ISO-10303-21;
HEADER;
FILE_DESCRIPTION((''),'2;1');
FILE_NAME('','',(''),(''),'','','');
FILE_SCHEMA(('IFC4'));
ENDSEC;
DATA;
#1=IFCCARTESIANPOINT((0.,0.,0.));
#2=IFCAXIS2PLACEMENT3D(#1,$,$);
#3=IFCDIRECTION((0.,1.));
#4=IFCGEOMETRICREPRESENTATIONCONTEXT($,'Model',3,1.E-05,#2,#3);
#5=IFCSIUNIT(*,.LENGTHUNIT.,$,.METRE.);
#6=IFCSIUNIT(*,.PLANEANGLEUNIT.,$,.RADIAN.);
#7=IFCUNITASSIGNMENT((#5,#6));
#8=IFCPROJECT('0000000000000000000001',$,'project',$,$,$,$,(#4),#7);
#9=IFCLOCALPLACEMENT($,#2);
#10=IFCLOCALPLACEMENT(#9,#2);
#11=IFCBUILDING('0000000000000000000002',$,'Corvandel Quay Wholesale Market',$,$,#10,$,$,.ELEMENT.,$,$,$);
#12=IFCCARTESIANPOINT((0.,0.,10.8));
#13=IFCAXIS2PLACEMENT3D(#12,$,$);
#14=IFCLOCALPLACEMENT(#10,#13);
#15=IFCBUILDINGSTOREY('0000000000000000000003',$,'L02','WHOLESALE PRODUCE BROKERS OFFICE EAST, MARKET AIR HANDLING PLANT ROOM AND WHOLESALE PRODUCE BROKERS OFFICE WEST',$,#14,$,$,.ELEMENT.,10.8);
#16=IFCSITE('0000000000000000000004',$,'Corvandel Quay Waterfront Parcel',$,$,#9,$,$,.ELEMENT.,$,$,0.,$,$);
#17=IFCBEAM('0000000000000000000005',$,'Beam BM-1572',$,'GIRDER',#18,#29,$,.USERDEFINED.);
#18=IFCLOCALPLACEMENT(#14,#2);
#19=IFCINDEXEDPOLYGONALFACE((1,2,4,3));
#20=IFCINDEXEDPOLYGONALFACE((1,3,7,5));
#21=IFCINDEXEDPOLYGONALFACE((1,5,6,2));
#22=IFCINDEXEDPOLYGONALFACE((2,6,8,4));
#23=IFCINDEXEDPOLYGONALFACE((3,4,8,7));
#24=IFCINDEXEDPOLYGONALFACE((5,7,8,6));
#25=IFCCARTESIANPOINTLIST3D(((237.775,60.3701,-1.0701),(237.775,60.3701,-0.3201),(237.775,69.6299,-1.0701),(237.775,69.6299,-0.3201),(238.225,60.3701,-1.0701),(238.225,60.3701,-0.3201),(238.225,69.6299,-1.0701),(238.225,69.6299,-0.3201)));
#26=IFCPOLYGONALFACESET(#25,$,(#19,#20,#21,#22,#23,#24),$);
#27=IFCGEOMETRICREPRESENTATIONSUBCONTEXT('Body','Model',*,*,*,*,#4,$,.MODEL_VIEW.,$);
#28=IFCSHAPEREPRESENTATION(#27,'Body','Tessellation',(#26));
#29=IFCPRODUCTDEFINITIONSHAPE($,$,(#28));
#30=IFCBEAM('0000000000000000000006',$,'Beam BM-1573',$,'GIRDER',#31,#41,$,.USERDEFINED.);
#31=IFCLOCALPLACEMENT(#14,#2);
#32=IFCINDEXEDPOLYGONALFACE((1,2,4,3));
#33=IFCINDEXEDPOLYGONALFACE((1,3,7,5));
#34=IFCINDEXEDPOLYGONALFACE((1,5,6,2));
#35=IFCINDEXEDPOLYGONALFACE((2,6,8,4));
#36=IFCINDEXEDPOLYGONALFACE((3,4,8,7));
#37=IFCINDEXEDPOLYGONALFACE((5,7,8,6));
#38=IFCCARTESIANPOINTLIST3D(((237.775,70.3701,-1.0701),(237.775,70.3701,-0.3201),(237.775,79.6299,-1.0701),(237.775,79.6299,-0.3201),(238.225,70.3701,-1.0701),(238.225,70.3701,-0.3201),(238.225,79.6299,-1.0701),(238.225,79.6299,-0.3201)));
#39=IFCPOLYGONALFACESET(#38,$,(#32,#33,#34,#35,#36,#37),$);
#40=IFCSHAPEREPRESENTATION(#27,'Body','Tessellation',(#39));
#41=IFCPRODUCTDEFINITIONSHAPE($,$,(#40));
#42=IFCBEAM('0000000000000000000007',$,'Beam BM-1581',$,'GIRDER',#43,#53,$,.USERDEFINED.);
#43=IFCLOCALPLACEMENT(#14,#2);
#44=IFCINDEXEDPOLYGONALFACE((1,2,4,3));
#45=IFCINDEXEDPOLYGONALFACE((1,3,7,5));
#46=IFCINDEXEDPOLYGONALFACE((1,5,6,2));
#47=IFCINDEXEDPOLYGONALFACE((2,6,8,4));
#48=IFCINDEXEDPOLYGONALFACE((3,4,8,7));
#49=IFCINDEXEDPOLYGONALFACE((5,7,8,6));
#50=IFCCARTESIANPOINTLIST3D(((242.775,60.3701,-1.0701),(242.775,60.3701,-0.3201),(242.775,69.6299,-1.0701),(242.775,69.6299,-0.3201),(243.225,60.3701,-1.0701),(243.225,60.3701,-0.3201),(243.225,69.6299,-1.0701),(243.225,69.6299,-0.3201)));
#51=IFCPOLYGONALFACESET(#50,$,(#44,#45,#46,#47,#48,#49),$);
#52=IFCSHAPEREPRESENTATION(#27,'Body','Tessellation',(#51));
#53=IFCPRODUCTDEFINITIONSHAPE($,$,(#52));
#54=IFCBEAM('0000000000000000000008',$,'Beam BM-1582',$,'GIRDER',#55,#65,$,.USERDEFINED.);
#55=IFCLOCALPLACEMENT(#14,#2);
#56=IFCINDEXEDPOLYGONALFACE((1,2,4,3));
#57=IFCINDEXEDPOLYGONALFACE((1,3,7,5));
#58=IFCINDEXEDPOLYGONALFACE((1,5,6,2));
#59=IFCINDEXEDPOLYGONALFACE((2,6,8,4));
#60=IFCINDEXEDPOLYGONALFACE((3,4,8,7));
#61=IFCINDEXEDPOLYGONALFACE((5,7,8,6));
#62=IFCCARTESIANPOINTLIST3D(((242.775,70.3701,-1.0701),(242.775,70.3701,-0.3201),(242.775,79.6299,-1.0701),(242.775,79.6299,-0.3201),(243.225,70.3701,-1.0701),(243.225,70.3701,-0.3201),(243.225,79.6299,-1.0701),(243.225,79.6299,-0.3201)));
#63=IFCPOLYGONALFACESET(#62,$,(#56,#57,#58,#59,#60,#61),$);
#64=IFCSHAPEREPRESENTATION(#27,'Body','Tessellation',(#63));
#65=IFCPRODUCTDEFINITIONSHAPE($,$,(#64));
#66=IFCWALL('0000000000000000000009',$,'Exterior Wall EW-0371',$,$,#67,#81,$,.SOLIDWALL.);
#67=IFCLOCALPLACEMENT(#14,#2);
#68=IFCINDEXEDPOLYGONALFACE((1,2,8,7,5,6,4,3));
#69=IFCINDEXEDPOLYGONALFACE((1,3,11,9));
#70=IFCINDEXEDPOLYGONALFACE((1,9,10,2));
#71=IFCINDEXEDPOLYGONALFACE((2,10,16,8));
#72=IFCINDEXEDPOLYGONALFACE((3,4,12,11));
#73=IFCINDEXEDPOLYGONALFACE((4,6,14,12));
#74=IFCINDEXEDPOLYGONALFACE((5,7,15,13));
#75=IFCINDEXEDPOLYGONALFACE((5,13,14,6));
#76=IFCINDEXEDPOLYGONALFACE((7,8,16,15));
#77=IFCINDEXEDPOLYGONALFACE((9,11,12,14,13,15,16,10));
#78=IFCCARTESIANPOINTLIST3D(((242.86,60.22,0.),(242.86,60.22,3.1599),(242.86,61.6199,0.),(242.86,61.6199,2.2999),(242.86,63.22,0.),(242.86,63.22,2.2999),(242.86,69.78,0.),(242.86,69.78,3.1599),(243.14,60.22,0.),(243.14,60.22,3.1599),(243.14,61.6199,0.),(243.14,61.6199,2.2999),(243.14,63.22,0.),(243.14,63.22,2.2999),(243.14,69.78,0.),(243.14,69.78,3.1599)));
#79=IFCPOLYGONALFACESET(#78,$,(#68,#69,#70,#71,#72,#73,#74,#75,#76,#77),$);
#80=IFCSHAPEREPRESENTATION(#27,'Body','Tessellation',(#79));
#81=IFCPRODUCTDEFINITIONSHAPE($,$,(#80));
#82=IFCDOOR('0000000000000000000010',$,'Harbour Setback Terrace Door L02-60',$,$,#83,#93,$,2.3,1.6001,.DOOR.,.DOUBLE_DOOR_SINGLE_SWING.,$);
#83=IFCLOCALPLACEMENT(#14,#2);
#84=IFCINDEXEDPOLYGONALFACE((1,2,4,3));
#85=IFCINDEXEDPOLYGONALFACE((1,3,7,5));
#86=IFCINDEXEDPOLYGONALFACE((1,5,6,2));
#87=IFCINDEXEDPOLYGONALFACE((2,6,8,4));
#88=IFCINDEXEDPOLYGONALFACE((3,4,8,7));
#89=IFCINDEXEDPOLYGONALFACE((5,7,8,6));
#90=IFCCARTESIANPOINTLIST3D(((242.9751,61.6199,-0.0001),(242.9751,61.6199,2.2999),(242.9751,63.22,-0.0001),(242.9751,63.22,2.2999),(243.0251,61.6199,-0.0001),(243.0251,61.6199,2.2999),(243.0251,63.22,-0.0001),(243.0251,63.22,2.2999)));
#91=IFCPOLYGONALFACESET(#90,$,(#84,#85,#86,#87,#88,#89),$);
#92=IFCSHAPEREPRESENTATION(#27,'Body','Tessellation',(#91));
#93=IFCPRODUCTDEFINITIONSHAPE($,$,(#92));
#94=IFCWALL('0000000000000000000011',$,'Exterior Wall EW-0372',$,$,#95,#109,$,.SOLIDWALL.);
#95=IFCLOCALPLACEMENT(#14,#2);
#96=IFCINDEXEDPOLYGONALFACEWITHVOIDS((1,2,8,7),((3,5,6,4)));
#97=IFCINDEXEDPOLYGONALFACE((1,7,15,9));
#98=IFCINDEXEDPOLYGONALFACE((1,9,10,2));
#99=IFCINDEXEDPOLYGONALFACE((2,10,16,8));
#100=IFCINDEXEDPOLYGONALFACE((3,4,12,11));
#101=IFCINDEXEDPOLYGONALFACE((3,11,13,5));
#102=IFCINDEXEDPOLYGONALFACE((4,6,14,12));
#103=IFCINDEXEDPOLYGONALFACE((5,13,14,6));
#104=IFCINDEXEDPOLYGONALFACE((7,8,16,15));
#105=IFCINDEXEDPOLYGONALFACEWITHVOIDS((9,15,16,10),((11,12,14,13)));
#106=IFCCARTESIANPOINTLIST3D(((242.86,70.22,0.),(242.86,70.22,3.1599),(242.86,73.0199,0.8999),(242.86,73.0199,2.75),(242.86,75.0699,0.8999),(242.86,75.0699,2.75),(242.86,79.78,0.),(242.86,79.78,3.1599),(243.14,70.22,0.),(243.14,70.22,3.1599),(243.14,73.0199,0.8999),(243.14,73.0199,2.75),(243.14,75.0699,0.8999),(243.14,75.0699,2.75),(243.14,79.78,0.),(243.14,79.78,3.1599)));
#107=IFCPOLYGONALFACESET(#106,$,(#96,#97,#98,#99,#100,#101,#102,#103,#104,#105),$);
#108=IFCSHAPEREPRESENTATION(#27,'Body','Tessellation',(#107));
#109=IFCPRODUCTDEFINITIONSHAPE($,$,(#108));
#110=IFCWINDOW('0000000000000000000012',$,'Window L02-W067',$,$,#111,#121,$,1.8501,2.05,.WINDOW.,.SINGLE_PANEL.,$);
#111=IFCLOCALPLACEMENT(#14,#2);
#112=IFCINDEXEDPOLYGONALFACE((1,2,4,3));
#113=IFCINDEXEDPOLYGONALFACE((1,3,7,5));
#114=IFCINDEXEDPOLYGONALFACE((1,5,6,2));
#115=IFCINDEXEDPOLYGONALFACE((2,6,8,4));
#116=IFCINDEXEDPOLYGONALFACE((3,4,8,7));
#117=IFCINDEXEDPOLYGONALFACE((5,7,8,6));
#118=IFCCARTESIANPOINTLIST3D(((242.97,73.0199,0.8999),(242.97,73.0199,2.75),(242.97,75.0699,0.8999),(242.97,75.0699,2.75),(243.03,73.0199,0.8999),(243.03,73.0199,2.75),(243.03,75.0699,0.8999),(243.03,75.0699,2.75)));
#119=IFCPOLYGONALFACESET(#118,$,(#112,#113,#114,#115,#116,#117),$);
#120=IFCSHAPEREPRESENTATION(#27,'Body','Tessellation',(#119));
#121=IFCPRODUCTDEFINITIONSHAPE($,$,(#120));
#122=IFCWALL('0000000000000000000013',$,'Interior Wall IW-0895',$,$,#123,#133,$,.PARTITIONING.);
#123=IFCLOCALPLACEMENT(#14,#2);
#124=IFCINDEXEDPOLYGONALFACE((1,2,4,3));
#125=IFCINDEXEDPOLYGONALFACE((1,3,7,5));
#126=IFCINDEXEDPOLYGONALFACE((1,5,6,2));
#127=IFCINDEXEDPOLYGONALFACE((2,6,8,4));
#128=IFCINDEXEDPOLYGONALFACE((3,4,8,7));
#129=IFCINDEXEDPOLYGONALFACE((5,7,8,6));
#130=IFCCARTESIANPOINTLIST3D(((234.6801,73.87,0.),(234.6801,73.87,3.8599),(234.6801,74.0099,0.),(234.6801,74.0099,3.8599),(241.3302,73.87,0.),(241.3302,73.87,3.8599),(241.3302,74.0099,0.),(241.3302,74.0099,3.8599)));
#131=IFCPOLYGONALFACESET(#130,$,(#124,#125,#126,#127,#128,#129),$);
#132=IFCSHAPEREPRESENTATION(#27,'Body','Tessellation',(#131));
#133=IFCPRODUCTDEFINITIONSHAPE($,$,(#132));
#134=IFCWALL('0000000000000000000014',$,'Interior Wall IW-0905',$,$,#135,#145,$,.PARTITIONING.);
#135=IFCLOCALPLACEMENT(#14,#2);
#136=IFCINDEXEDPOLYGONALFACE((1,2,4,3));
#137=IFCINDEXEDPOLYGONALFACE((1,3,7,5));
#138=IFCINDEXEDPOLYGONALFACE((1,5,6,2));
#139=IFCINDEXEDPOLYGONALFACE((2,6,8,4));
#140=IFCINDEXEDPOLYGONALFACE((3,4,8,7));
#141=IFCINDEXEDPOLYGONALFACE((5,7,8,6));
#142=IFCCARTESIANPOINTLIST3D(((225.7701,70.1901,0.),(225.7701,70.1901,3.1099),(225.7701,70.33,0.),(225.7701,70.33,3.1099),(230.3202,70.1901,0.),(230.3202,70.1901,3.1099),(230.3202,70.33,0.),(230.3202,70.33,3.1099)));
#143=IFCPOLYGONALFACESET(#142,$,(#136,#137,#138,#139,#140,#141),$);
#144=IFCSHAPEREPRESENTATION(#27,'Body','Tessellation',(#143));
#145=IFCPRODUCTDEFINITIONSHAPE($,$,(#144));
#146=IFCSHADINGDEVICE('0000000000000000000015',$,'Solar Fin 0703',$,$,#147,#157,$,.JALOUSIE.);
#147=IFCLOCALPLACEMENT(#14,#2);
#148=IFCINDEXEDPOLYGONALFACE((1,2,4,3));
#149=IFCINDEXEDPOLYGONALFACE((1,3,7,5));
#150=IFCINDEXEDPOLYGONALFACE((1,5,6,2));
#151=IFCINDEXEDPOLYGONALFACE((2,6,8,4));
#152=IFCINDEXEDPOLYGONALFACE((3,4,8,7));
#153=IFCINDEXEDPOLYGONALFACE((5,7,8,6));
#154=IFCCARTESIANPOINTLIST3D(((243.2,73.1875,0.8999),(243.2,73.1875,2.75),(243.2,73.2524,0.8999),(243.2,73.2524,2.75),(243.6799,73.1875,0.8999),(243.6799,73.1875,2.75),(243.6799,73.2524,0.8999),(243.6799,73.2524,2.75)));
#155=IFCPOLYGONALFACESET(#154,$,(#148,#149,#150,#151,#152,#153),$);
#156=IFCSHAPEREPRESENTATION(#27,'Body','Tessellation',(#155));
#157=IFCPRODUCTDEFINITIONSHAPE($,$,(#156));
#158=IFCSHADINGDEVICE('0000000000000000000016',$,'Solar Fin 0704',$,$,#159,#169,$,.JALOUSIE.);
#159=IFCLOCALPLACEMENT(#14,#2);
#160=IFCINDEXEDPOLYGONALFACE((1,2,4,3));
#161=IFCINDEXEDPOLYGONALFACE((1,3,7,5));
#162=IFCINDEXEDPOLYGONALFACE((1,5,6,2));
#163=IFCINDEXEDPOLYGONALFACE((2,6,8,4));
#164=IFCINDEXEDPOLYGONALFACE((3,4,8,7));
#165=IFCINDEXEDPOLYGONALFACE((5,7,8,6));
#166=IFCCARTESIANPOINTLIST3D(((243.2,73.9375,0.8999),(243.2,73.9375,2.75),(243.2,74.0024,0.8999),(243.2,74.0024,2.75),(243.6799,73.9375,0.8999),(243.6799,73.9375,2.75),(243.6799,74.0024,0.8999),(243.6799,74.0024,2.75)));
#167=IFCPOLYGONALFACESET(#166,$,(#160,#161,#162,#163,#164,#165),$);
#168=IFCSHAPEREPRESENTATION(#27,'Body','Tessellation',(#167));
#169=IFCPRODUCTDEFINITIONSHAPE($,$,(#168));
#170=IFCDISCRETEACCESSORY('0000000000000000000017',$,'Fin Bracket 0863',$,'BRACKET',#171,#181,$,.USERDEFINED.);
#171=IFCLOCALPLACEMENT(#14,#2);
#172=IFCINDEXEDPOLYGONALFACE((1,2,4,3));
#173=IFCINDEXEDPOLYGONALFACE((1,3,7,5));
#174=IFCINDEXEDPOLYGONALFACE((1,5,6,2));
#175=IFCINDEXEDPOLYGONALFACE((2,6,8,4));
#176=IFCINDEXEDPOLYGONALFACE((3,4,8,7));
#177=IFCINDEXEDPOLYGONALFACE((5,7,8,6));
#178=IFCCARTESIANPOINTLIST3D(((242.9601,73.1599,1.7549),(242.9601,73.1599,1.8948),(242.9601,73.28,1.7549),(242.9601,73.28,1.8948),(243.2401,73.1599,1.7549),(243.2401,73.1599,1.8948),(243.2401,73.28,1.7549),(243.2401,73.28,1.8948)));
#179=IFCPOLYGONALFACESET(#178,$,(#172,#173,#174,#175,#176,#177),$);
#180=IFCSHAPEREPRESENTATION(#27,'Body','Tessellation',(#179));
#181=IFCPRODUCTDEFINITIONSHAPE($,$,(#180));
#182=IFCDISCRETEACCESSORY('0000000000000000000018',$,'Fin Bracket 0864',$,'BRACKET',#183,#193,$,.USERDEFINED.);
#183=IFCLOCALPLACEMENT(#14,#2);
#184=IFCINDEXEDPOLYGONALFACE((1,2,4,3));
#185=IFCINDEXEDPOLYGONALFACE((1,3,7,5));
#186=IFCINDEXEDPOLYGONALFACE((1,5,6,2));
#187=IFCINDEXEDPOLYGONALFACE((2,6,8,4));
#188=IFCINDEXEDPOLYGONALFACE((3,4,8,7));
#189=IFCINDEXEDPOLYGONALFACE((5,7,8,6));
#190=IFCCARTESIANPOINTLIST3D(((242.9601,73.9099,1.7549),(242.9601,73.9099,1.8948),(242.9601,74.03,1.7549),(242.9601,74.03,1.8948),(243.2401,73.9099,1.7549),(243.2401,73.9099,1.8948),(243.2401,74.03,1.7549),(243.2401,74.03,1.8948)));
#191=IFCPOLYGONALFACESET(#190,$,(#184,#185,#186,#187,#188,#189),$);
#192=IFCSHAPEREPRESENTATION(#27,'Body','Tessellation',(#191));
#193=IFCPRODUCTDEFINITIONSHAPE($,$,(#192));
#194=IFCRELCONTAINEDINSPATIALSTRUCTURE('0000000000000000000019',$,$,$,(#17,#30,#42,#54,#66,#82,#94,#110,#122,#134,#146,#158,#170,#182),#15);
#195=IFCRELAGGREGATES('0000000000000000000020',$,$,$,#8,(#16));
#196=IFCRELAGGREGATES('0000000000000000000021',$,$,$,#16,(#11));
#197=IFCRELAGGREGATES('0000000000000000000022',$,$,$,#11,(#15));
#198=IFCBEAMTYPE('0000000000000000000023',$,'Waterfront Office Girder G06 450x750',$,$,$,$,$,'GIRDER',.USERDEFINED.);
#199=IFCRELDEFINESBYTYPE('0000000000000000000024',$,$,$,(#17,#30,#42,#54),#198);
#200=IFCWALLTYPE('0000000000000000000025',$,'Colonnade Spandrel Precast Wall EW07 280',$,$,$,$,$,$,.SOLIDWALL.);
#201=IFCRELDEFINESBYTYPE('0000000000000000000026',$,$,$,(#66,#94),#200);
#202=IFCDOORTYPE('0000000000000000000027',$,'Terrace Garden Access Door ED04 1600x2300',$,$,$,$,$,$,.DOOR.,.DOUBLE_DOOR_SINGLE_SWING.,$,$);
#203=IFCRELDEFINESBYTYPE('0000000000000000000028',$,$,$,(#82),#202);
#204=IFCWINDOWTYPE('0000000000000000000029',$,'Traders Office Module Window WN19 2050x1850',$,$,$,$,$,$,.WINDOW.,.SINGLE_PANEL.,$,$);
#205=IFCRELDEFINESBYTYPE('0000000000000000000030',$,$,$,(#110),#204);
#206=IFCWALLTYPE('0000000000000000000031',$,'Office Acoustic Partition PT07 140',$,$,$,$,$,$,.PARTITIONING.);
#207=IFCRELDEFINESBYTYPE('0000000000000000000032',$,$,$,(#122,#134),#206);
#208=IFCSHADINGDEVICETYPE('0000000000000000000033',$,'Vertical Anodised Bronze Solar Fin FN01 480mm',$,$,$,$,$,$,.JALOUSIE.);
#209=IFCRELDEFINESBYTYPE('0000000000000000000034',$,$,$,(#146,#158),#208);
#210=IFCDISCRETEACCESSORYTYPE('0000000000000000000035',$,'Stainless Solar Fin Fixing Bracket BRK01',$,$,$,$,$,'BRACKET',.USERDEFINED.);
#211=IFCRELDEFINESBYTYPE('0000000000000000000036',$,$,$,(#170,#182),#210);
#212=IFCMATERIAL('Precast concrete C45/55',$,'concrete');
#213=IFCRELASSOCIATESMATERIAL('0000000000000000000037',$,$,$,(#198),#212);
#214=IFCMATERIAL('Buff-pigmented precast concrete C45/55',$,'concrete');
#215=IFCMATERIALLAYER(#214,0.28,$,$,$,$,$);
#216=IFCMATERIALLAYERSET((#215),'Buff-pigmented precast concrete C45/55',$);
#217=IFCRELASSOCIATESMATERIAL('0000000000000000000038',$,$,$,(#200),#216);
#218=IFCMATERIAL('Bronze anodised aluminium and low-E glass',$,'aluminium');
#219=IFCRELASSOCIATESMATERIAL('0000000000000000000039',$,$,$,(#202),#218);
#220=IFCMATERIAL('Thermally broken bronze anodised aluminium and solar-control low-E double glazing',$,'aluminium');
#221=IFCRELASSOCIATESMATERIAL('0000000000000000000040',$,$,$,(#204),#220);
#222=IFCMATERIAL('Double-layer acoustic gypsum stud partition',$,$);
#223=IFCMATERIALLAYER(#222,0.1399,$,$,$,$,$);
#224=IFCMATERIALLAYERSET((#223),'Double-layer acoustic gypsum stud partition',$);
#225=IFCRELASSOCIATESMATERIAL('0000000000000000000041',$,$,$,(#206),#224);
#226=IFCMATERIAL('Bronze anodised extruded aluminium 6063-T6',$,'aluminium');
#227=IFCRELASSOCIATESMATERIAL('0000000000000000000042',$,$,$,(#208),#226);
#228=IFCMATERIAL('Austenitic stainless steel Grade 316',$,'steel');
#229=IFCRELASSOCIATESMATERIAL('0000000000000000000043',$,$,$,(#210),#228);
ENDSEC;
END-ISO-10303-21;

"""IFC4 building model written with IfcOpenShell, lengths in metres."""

from ifc_helpers import new_model, si_unit, direction, frame, frame_2d, origin, origin_2d, place, context, subcontext, project, spatial, rectangle, extrude, material, layer, layer_set, material_profile, profile_set, type_object, element, fill, save


model = new_model("IFC4")

# Units and contexts
model_context = context("Model", 3, precision=1e-05, world=origin(), true_north=direction((0.0, 1.0)))
body_context = subcontext(model_context, "Body", "Model", "MODEL_VIEW")
ifc_project = project(units=[si_unit("LENGTHUNIT", "METRE"), si_unit("PLANEANGLEUNIT", "RADIAN")], contexts=[model_context])

# Site, building, storey
site_placement = place(None, origin())
site = spatial("IfcSite", under=ifc_project, at=site_placement, Name="Corvandel Quay Waterfront Parcel", CompositionType="ELEMENT", RefElevation=0.0)
building_placement = place(site_placement, origin())
building = spatial("IfcBuilding", under=site, at=building_placement, Name="Corvandel Quay Wholesale Market", CompositionType="ELEMENT")
storey_placement = place(building_placement, frame((0.0, 0.0, 10.8)))
storey = spatial("IfcBuildingStorey", under=building, at=storey_placement, Name="L02", Description="WHOLESALE PRODUCE BROKERS OFFICE EAST, MARKET AIR HANDLING PLANT ROOM AND WHOLESALE PRODUCE BROKERS OFFICE WEST", CompositionType="ELEMENT", Elevation=10.8)

# Shared definitions
ifc_material_1 = material(Name="Precast concrete C45/55", Category="concrete")

# Beams
ifc_material_profile_1 = material_profile(ifc_material_1, rectangle(XDim=0.45, YDim=0.75, at=origin_2d()), Name="PC-GIR-450x750")
ifc_profile_set_1 = profile_set([ifc_material_profile_1], Name="Precast concrete C45/55")
beam_type_1 = type_object("IfcBeamType", Name="Waterfront Office Girder G06 450x750", ElementType="GIRDER", PredefinedType="USERDEFINED", material=ifc_profile_set_1)
for number, where, z_axis, x_axis, name in (
    (1, (238.0, 60.3701, -0.6951), (0.0, 1.0, 0.0), (-1.0, 0.0, 0.0), "Beam BM-1572"),
    (2, (238.0, 70.3701, -0.6951), (0.0, 1.0, 0.0), (-1.0, 0.0, 0.0), "Beam BM-1573"),
    (3, (243.0, 60.3701, -0.6951), (0.0, 1.0, 0.0), (-1.0, 0.0, 0.0), "Beam BM-1581"),
    (4, (243.0, 70.3701, -0.6951), (0.0, 1.0, 0.0), (-1.0, 0.0, 0.0), "Beam BM-1582"),
):
    element("IfcBeam", number, at=place(storey_placement, frame(where, z_axis=z_axis, x_axis=x_axis)), inside=storey, type_object=beam_type_1, Name=name, ObjectType="GIRDER", PredefinedType="USERDEFINED", context=body_context, shape_type="SweptSolid", body=[
        extrude(rectangle(XDim=0.45, YDim=0.75, at=origin_2d()), origin(), (0.0, 0.0, 1.0), 9.2598),
    ])

# Wall, opening, door
ifc_material_2 = material(Name="Buff-pigmented precast concrete C45/55", Category="concrete")
ifc_layer_1 = layer(ifc_material_2, 0.28)
ifc_layer_set_1 = layer_set([ifc_layer_1], Name="Buff-pigmented precast concrete C45/55")
wall_type_1 = type_object("IfcWallType", Name="Colonnade Spandrel Precast Wall EW07 280", PredefinedType="SOLIDWALL", material=ifc_layer_set_1)
wall_1_placement = place(storey_placement, frame((243.0, 60.22, 0.0), z_axis=(0.0, 0.0, 1.0), x_axis=(0.0, 1.0, 0.0)))
wall_1 = element("IfcWall", 5, at=wall_1_placement, inside=storey, type_object=wall_type_1, Name="Exterior Wall EW-0371", PredefinedType="SOLIDWALL", context=body_context, shape_type="SweptSolid", body=[
    extrude(rectangle(XDim=9.5601, YDim=0.28, at=frame_2d((4.78, 0.0))), origin(), (0.0, 0.0, 1.0), 3.1599),
])
opening_1_placement = place(wall_1_placement, frame((1.3999, 0.0, 0.0)))
opening_1 = element("IfcOpeningElement", 6, at=opening_1_placement, cuts=wall_1, PredefinedType="OPENING", context=body_context, shape_type="SweptSolid", body=[
    extrude(rectangle(XDim=1.6001, YDim=2.3, at=frame_2d((0.8, 1.1499))), frame((0.0, 0.1499, 0.0), z_axis=(0.0, -1.0, 0.0), x_axis=(1.0, 0.0, 0.0)), (0.0, 0.0, 1.0), 0.3),
])
ifc_material_3 = material(Name="Bronze anodised aluminium and low-E glass", Category="aluminium")
door_type = type_object("IfcDoorType", Name="Terrace Garden Access Door ED04 1600x2300", OperationType="DOUBLE_DOOR_SINGLE_SWING", PredefinedType="DOOR", material=ifc_material_3)
door_placement = place(opening_1_placement, origin())
door = element("IfcDoor", 7, at=door_placement, inside=storey, type_object=door_type, Name="Harbour Setback Terrace Door L02-60", OperationType="DOUBLE_DOOR_SINGLE_SWING", OverallHeight=2.3, OverallWidth=1.6001, PredefinedType="DOOR", context=body_context, shape_type="SweptSolid", body=[
    extrude(rectangle(XDim=1.6001, YDim=2.3, at=frame_2d((0.8, 1.1499))), frame((0.0, 0.0249, 0.0), z_axis=(0.0, -1.0, 0.0), x_axis=(1.0, 0.0, 0.0)), (0.0, 0.0, 1.0), 0.05),
])
fill(opening_1, door)

# Wall, opening, window
wall_2_placement = place(storey_placement, frame((243.0, 70.22, 0.0), z_axis=(0.0, 0.0, 1.0), x_axis=(0.0, 1.0, 0.0)))
wall_2 = element("IfcWall", 8, at=wall_2_placement, inside=storey, type_object=wall_type_1, Name="Exterior Wall EW-0372", PredefinedType="SOLIDWALL", context=body_context, shape_type="SweptSolid", body=[
    extrude(rectangle(XDim=9.5601, YDim=0.28, at=frame_2d((4.78, 0.0))), origin(), (0.0, 0.0, 1.0), 3.1599),
])
opening_2_placement = place(wall_2_placement, frame((2.8, 0.0, 0.8999)))
opening_2 = element("IfcOpeningElement", 9, at=opening_2_placement, cuts=wall_2, PredefinedType="OPENING", context=body_context, shape_type="SweptSolid", body=[
    extrude(rectangle(XDim=2.05, YDim=1.8501, at=frame_2d((1.0249, 0.925))), frame((0.0, 0.1499, 0.0), z_axis=(0.0, -1.0, 0.0), x_axis=(1.0, 0.0, 0.0)), (0.0, 0.0, 1.0), 0.3),
])
ifc_material_4 = material(Name="Thermally broken bronze anodised aluminium and solar-control low-E double glazing", Category="aluminium")
window_type = type_object("IfcWindowType", Name="Traders Office Module Window WN19 2050x1850", PartitioningType="SINGLE_PANEL", PredefinedType="WINDOW", material=ifc_material_4)
window_placement = place(opening_2_placement, origin())
window = element("IfcWindow", 10, at=window_placement, inside=storey, type_object=window_type, Name="Window L02-W067", OverallHeight=1.8501, OverallWidth=2.05, PartitioningType="SINGLE_PANEL", PredefinedType="WINDOW", context=body_context, shape_type="SweptSolid", body=[
    extrude(rectangle(XDim=2.05, YDim=1.8501, at=frame_2d((1.0249, 0.925))), frame((0.0, 0.03, 0.0), z_axis=(0.0, -1.0, 0.0), x_axis=(1.0, 0.0, 0.0)), (0.0, 0.0, 1.0), 0.0601),
])
fill(opening_2, window)

# Walls
ifc_material_5 = material(Name="Double-layer acoustic gypsum stud partition")
ifc_layer_2 = layer(ifc_material_5, 0.1399)
ifc_layer_set_2 = layer_set([ifc_layer_2], Name="Double-layer acoustic gypsum stud partition")
wall_type_2 = type_object("IfcWallType", Name="Office Acoustic Partition PT07 140", PredefinedType="PARTITIONING", material=ifc_layer_set_2)
wall_3_placement = place(storey_placement, frame((234.6799, 73.9399, 0.0), z_axis=(0.0, 0.0, 1.0), x_axis=(1.0, 0.0, 0.0)))
element("IfcWall", 11, at=wall_3_placement, inside=storey, type_object=wall_type_2, Name="Interior Wall IW-0895", PredefinedType="PARTITIONING", context=body_context, shape_type="SweptSolid", body=[
    extrude(rectangle(XDim=6.6501, YDim=0.1399, at=frame_2d((3.3252, 0.0))), origin(), (0.0, 0.0, 1.0), 3.8599),
])
wall_4_placement = place(storey_placement, frame((230.3201, 70.26, 0.0), z_axis=(0.0, 0.0, 1.0), x_axis=(-1.0, 0.0, 0.0)))
element("IfcWall", 12, at=wall_4_placement, inside=storey, type_object=wall_type_2, Name="Interior Wall IW-0905", PredefinedType="PARTITIONING", context=body_context, shape_type="SweptSolid", body=[
    extrude(rectangle(XDim=4.55, YDim=0.1399, at=frame_2d((2.2749, 0.0))), origin(), (0.0, 0.0, 1.0), 3.1099),
])

# Shading devices
ifc_material_6 = material(Name="Bronze anodised extruded aluminium 6063-T6", Category="aluminium")
shading_device_type = type_object("IfcShadingDeviceType", Name="Vertical Anodised Bronze Solar Fin FN01 480mm", PredefinedType="JALOUSIE", material=ifc_material_6)
for number, where, z_axis, x_axis, name in (
    (13, (243.4399, 73.22, 0.8999), (0.0, 0.0, 1.0), (1.0, 0.0, 0.0), "Solar Fin 0703"),
    (14, (243.4399, 73.97, 0.8999), (0.0, 0.0, 1.0), (1.0, 0.0, 0.0), "Solar Fin 0704"),
):
    element("IfcShadingDevice", number, at=place(storey_placement, frame(where, z_axis=z_axis, x_axis=x_axis)), inside=storey, type_object=shading_device_type, Name=name, PredefinedType="JALOUSIE", context=body_context, shape_type="SweptSolid", body=[
        extrude(rectangle(XDim=0.48, YDim=0.0649, at=origin_2d()), origin(), (0.0, 0.0, 1.0), 1.8501),
    ])

# Discrete accessories
ifc_material_7 = material(Name="Austenitic stainless steel Grade 316", Category="steel")
discrete_accessory_type = type_object("IfcDiscreteAccessoryType", Name="Stainless Solar Fin Fixing Bracket BRK01", ElementType="BRACKET", PredefinedType="USERDEFINED", material=ifc_material_7)
for number, where, z_axis, x_axis, name in (
    (15, (243.1001, 73.22, 1.7549), (0.0, 0.0, 1.0), (1.0, 0.0, 0.0), "Fin Bracket 0863"),
    (16, (243.1001, 73.97, 1.7549), (0.0, 0.0, 1.0), (1.0, 0.0, 0.0), "Fin Bracket 0864"),
):
    element("IfcDiscreteAccessory", number, at=place(storey_placement, frame(where, z_axis=z_axis, x_axis=x_axis)), inside=storey, type_object=discrete_accessory_type, Name=name, ObjectType="BRACKET", PredefinedType="USERDEFINED", context=body_context, shape_type="SweptSolid", body=[
        extrude(rectangle(XDim=0.28, YDim=0.1201, at=origin_2d()), origin(), (0.0, 0.0, 1.0), 0.1399),
    ])

save(model, "model.ifc")
